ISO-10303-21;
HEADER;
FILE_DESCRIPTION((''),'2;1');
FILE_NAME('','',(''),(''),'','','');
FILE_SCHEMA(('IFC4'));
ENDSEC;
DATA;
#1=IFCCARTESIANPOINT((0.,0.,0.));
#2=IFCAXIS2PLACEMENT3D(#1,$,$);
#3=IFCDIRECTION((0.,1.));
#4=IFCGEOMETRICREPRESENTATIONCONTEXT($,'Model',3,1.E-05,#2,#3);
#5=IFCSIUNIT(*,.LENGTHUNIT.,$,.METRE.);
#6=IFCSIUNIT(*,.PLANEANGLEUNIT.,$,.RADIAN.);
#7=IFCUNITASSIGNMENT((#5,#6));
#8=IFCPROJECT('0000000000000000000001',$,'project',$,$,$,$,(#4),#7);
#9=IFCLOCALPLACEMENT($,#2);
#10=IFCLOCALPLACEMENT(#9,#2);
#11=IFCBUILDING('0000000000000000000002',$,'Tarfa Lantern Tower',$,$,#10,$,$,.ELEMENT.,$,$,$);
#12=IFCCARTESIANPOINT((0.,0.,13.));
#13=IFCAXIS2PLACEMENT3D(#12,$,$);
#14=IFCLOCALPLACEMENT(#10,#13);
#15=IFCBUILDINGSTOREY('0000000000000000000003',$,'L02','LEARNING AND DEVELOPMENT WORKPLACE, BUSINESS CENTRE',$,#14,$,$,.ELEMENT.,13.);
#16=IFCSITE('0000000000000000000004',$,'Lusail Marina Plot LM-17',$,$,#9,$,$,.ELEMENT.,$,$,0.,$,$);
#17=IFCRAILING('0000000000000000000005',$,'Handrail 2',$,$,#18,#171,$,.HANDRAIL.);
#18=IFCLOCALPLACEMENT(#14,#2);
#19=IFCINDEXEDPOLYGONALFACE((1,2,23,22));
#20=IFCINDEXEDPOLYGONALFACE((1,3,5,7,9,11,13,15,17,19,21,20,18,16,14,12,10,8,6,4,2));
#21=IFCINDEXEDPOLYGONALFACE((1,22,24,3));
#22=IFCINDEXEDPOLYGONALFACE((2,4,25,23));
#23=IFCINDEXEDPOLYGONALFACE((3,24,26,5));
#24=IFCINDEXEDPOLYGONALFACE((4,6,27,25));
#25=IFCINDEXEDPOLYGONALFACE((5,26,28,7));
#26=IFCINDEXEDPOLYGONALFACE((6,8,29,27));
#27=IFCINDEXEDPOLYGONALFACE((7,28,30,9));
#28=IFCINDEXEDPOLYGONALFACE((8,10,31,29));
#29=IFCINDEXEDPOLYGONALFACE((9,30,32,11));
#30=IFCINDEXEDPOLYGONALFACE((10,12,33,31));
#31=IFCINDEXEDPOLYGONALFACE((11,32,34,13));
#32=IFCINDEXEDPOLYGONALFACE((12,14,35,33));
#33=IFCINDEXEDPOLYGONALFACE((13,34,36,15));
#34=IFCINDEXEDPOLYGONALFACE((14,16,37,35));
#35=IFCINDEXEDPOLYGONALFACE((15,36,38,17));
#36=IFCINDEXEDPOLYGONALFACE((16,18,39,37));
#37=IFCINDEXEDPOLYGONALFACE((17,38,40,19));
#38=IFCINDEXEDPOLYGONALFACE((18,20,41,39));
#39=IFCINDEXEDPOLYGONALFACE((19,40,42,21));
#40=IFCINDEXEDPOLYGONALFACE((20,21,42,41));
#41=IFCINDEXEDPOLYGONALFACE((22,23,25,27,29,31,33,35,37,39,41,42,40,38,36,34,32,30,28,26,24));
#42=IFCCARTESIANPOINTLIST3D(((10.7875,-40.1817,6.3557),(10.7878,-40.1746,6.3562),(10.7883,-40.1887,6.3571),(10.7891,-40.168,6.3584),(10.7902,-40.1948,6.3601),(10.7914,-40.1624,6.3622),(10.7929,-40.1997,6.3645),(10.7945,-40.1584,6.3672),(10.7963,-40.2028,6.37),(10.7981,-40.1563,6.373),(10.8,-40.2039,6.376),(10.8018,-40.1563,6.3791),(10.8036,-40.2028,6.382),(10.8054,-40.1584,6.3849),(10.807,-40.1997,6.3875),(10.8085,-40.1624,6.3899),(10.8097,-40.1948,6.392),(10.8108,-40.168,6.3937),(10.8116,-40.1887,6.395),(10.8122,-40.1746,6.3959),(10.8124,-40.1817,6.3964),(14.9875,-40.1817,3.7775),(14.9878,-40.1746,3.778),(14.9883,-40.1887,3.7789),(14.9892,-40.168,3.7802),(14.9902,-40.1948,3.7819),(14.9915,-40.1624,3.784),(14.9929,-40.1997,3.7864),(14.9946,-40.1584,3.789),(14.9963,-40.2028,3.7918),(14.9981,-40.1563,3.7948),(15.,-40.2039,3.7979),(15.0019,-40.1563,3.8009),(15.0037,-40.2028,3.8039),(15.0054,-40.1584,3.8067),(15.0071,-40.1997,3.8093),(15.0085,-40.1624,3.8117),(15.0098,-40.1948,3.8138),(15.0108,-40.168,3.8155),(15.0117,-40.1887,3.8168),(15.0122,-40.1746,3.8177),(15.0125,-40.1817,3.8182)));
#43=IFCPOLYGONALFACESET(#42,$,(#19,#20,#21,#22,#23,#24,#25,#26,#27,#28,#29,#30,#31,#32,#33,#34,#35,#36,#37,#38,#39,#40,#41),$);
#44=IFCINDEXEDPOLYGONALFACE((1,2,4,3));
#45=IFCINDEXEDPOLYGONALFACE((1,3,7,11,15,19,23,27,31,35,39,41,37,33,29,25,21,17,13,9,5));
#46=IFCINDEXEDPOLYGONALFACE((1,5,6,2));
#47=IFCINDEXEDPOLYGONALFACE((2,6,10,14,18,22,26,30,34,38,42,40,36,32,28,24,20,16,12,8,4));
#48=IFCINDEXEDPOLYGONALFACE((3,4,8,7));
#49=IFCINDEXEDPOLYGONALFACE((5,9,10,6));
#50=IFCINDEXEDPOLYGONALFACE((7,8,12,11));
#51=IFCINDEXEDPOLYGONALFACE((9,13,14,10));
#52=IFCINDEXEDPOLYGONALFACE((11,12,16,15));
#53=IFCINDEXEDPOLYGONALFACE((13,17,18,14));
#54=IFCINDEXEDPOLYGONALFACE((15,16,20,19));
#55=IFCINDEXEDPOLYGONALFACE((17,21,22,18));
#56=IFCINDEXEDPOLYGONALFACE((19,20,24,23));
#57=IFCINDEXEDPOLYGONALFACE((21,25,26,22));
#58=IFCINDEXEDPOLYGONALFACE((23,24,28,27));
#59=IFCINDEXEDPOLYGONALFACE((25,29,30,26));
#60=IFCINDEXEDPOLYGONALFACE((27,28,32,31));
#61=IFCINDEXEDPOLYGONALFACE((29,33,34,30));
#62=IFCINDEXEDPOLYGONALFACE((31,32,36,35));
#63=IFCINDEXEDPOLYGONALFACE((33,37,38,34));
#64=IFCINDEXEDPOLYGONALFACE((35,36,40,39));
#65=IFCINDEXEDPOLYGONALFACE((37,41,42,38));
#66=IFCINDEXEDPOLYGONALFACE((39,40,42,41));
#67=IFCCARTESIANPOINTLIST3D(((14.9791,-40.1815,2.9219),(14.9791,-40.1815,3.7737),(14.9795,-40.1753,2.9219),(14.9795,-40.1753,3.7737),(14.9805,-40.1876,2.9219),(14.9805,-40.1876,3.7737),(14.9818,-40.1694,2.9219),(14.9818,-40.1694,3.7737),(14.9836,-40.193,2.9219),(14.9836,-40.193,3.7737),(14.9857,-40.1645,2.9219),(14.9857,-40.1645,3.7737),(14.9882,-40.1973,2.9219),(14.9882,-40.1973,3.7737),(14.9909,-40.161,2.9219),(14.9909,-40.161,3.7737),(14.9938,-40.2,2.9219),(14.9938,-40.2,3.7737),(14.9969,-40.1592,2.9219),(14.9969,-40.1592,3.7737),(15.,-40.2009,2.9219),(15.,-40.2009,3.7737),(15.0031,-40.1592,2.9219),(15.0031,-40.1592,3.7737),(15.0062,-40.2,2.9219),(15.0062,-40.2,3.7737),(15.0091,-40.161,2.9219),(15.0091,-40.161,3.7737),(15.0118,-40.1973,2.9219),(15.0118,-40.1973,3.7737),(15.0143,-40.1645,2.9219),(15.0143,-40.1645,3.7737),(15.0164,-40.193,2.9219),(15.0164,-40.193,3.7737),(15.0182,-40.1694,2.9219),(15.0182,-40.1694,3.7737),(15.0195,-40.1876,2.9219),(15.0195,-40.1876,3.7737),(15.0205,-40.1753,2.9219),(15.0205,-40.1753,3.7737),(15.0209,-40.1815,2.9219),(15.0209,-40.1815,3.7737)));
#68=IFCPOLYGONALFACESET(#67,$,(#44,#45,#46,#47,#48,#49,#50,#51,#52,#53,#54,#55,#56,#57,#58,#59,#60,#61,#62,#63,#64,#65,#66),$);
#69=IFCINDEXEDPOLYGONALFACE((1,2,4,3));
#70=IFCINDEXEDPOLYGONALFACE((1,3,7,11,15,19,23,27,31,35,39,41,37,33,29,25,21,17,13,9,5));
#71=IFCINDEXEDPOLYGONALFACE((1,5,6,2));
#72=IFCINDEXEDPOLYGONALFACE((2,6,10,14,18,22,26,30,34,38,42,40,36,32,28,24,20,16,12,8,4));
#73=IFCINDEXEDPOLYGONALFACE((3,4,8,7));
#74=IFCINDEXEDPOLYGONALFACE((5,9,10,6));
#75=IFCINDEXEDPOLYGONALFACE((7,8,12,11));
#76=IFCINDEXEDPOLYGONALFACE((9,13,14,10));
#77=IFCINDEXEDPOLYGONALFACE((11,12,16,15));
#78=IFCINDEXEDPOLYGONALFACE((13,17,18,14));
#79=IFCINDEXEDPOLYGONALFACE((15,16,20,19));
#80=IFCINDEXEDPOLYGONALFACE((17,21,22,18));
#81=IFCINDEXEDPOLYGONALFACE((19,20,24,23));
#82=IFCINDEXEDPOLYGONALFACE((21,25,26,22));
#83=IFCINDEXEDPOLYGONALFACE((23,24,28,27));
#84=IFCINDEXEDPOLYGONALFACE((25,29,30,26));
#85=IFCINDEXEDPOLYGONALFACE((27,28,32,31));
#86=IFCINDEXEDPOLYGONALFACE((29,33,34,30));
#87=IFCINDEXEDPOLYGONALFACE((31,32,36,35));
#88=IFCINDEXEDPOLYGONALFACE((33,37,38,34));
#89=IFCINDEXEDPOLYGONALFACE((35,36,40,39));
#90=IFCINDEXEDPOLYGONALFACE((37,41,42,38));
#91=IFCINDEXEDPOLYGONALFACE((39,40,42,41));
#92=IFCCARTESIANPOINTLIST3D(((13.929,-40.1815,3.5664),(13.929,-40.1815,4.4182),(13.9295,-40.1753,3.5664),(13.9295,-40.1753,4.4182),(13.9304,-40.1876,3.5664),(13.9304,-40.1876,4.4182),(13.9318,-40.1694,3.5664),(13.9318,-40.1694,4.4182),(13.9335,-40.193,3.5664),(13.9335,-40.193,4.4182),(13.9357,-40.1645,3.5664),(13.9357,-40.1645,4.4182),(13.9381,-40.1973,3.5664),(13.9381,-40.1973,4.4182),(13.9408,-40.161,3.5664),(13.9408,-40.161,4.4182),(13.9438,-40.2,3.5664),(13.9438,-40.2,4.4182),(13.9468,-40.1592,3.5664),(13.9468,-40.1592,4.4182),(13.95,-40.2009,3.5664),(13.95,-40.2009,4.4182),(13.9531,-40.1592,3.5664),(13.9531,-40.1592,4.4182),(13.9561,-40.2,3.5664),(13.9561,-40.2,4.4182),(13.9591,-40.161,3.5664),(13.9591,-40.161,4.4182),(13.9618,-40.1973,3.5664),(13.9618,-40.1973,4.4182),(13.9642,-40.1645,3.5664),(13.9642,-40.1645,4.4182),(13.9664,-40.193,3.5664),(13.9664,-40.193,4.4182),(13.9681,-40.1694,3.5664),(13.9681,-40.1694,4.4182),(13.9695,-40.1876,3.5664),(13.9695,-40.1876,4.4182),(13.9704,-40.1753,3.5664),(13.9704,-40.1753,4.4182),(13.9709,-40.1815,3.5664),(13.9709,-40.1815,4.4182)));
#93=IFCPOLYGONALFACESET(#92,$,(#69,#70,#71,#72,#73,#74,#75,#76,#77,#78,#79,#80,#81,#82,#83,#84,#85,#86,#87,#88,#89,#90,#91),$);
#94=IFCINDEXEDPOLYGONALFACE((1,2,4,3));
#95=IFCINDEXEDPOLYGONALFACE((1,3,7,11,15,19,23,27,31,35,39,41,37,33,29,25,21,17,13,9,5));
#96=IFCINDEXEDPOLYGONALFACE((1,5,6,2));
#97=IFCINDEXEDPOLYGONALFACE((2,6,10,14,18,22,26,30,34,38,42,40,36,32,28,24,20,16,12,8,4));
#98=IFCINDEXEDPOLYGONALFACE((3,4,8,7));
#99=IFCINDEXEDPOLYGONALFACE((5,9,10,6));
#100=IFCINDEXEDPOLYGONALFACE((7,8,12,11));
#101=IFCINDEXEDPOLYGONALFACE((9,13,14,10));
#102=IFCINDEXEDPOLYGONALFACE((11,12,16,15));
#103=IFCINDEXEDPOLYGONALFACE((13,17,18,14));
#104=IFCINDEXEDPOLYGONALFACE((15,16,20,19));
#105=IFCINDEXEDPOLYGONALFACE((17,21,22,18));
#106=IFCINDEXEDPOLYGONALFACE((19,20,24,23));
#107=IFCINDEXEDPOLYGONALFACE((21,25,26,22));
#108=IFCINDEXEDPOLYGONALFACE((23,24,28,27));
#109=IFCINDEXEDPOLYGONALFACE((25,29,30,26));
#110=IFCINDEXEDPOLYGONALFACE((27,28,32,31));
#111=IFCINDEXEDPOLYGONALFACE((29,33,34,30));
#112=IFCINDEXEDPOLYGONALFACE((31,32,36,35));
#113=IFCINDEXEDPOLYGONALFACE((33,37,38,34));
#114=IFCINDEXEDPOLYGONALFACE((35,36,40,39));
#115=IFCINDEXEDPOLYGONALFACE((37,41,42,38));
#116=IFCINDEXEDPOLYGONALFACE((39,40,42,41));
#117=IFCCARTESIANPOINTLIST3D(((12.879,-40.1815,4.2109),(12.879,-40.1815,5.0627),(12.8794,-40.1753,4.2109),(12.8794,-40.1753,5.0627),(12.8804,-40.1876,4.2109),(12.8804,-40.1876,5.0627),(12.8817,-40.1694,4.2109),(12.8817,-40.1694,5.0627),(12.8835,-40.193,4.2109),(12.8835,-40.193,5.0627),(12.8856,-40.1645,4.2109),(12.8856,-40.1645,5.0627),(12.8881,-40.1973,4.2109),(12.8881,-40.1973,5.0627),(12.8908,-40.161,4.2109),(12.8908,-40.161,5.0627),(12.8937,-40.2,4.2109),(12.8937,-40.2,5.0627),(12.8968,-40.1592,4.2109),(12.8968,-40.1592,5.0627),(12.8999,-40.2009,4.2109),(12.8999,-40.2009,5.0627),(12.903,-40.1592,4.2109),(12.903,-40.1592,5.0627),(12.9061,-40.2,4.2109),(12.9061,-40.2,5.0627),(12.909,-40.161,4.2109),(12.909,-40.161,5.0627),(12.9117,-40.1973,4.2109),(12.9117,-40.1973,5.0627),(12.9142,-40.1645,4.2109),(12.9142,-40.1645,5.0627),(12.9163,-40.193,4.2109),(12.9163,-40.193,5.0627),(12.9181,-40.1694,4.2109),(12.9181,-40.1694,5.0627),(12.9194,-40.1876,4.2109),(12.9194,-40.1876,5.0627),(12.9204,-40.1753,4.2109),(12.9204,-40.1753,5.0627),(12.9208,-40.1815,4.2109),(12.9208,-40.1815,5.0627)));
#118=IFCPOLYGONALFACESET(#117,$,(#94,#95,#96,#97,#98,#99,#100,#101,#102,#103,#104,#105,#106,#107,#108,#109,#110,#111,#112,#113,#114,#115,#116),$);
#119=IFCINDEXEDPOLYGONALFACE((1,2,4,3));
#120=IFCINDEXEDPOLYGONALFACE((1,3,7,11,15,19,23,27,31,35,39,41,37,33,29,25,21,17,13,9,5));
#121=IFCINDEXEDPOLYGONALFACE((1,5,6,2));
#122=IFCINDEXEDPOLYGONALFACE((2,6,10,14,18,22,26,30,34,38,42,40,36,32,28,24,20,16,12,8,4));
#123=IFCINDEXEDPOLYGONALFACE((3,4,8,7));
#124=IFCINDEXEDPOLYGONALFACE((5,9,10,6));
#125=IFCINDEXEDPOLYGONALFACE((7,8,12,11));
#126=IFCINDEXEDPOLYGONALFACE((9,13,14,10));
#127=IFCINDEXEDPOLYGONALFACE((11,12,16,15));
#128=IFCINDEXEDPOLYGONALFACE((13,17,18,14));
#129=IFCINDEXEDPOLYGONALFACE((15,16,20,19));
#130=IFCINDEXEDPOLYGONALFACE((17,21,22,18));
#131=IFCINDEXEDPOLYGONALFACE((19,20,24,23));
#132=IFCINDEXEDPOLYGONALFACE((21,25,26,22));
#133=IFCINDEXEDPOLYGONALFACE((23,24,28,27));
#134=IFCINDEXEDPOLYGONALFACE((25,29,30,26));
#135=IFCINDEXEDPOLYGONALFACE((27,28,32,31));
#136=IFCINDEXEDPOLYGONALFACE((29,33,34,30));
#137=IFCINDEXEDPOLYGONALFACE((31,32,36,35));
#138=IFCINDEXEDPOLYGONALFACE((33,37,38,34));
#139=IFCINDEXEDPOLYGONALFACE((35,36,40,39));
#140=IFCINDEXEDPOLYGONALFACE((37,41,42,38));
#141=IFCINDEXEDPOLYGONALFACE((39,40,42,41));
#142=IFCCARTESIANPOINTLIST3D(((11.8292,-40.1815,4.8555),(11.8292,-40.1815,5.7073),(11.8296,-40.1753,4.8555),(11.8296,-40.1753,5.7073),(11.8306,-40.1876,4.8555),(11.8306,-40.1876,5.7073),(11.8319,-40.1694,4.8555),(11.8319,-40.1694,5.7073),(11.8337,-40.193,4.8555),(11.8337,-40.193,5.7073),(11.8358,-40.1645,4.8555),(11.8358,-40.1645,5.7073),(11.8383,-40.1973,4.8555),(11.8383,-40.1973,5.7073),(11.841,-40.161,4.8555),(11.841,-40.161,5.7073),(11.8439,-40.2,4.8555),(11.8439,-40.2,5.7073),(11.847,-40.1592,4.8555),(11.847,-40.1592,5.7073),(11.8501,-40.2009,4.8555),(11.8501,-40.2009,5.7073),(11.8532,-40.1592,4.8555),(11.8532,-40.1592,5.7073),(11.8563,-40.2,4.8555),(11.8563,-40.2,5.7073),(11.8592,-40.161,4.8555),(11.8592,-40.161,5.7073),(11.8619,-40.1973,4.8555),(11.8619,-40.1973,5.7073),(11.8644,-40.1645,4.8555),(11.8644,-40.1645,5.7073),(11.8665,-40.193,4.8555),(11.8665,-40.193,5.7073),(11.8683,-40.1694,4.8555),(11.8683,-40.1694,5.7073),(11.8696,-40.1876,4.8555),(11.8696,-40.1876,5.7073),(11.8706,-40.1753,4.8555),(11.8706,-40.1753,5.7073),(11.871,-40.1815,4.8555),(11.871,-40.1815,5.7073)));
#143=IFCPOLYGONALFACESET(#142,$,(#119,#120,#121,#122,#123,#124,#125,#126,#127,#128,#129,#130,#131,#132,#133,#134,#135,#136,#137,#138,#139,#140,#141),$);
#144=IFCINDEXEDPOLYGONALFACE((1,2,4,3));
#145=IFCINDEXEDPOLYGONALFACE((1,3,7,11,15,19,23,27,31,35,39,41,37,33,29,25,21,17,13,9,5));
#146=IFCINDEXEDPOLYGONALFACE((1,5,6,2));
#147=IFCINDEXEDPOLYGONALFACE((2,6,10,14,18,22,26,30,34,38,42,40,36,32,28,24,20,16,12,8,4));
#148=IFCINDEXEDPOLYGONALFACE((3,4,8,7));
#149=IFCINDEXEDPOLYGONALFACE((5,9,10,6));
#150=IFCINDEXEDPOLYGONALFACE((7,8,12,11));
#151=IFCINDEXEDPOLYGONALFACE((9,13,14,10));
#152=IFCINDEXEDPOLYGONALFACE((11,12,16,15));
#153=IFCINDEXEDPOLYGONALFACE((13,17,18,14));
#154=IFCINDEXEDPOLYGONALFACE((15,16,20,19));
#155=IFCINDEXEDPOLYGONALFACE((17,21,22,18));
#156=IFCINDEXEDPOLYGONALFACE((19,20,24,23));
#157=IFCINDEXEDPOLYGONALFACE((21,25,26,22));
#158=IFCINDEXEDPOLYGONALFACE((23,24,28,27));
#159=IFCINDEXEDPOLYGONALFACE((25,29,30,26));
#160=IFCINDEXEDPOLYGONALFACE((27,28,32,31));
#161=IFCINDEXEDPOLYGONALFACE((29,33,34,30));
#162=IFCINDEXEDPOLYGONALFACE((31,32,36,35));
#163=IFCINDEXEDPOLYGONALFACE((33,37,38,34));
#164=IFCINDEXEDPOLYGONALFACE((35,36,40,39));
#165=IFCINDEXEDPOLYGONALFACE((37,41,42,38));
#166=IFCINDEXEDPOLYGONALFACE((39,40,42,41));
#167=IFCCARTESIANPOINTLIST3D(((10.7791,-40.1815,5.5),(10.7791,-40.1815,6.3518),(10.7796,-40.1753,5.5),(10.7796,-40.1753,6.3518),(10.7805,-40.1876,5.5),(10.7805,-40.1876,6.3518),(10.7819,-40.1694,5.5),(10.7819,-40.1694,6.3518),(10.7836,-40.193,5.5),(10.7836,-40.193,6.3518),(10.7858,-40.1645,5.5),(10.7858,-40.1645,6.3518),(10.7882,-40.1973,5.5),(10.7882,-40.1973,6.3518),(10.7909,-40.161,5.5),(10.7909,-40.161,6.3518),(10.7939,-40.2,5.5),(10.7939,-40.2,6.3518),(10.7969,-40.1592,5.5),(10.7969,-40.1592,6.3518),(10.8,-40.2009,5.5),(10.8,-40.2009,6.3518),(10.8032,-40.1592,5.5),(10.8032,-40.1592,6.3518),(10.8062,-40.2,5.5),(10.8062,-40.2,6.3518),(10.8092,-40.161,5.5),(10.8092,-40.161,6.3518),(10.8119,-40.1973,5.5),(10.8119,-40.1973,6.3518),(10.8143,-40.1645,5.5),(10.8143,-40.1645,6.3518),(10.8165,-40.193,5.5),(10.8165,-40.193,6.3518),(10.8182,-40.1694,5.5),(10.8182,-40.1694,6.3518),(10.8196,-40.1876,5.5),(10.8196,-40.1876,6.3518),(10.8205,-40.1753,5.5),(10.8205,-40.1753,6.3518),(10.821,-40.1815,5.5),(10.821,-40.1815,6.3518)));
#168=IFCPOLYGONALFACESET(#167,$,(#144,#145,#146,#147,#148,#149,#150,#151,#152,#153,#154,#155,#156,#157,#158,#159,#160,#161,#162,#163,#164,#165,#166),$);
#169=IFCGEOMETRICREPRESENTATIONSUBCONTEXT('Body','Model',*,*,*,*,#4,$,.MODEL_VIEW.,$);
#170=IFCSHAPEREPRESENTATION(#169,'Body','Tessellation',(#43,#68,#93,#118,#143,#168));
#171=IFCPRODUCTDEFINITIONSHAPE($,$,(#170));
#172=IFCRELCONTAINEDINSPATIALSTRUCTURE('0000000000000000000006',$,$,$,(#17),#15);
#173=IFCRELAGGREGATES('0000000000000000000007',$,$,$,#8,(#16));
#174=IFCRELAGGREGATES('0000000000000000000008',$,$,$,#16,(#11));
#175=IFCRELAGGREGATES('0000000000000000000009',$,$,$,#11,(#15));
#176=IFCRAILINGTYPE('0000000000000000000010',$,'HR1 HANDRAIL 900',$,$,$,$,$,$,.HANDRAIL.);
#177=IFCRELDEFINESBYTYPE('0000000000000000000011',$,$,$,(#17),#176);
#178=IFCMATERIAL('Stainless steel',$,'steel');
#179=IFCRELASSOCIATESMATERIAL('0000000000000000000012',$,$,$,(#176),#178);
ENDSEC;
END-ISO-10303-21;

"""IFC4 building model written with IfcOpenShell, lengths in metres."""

from ifc_helpers import new_model, si_unit, direction, frame, origin, origin_2d, place, context, subcontext, project, spatial, circle, extrude, material, type_object, element, save


model = new_model("IFC4")

# Units and contexts
model_context = context("Model", 3, precision=1e-05, world=origin(), true_north=direction((0.0, 1.0)))
body_context = subcontext(model_context, "Body", "Model", "MODEL_VIEW")
ifc_project = project(units=[si_unit("LENGTHUNIT", "METRE"), si_unit("PLANEANGLEUNIT", "RADIAN")], contexts=[model_context])

# Site, building, storey
site_placement = place(None, origin())
site = spatial("IfcSite", under=ifc_project, at=site_placement, Name="Lusail Marina Plot LM-17", CompositionType="ELEMENT", RefElevation=0.0)
building_placement = place(site_placement, origin())
building = spatial("IfcBuilding", under=site, at=building_placement, Name="Tarfa Lantern Tower", CompositionType="ELEMENT")
storey_placement = place(building_placement, frame((0.0, 0.0, 13.0)))
storey = spatial("IfcBuildingStorey", under=building, at=storey_placement, Name="L02", Description="LEARNING AND DEVELOPMENT WORKPLACE, BUSINESS CENTRE", CompositionType="ELEMENT", Elevation=13.0)

# Railing
ifc_material_1 = material(Name="Stainless steel", Category="steel")
railing_type = type_object("IfcRailingType", Name="HR1 HANDRAIL 900", PredefinedType="HANDRAIL", material=ifc_material_1)
railing_1_placement = place(storey_placement, frame((15.0, -40.1799, 2.9219)))
element("IfcRailing", 1, at=railing_1_placement, inside=storey, type_object=railing_type, Name="Handrail 2", PredefinedType="HANDRAIL", context=body_context, shape_type="SweptSolid", body=[
    extrude(circle(Radius=0.0239, at=origin_2d()), frame((0.0, 0.0, 0.876), z_axis=(-0.852243, 0.0, 0.523146), x_axis=(0.0, -1.0, 0.0)), (0.0, 0.0, 1.0), 4.9282),
    extrude(circle(Radius=0.021, at=origin_2d()), frame((0.0, 0.0, 0.0), z_axis=(0.0, 0.0, 1.0), x_axis=(0.0, -1.0, 0.0)), (0.0, 0.0, 1.0), 0.8518),
    extrude(circle(Radius=0.021, at=origin_2d()), frame((-1.05, 0.0, 0.6445), z_axis=(0.0, 0.0, 1.0), x_axis=(0.0, -1.0, 0.0)), (0.0, 0.0, 1.0), 0.8518),
    extrude(circle(Radius=0.021, at=origin_2d()), frame((-2.1001, 0.0, 1.2891), z_axis=(0.0, 0.0, 1.0), x_axis=(0.0, -1.0, 0.0)), (0.0, 0.0, 1.0), 0.8518),
    extrude(circle(Radius=0.021, at=origin_2d()), frame((-3.1499, 0.0, 1.9336), z_axis=(0.0, 0.0, 1.0), x_axis=(0.0, -1.0, 0.0)), (0.0, 0.0, 1.0), 0.8518),
    extrude(circle(Radius=0.021, at=origin_2d()), frame((-4.2, 0.0, 2.5781), z_axis=(0.0, 0.0, 1.0), x_axis=(0.0, -1.0, 0.0)), (0.0, 0.0, 1.0), 0.8518),
])

save(model, "model.ifc")
